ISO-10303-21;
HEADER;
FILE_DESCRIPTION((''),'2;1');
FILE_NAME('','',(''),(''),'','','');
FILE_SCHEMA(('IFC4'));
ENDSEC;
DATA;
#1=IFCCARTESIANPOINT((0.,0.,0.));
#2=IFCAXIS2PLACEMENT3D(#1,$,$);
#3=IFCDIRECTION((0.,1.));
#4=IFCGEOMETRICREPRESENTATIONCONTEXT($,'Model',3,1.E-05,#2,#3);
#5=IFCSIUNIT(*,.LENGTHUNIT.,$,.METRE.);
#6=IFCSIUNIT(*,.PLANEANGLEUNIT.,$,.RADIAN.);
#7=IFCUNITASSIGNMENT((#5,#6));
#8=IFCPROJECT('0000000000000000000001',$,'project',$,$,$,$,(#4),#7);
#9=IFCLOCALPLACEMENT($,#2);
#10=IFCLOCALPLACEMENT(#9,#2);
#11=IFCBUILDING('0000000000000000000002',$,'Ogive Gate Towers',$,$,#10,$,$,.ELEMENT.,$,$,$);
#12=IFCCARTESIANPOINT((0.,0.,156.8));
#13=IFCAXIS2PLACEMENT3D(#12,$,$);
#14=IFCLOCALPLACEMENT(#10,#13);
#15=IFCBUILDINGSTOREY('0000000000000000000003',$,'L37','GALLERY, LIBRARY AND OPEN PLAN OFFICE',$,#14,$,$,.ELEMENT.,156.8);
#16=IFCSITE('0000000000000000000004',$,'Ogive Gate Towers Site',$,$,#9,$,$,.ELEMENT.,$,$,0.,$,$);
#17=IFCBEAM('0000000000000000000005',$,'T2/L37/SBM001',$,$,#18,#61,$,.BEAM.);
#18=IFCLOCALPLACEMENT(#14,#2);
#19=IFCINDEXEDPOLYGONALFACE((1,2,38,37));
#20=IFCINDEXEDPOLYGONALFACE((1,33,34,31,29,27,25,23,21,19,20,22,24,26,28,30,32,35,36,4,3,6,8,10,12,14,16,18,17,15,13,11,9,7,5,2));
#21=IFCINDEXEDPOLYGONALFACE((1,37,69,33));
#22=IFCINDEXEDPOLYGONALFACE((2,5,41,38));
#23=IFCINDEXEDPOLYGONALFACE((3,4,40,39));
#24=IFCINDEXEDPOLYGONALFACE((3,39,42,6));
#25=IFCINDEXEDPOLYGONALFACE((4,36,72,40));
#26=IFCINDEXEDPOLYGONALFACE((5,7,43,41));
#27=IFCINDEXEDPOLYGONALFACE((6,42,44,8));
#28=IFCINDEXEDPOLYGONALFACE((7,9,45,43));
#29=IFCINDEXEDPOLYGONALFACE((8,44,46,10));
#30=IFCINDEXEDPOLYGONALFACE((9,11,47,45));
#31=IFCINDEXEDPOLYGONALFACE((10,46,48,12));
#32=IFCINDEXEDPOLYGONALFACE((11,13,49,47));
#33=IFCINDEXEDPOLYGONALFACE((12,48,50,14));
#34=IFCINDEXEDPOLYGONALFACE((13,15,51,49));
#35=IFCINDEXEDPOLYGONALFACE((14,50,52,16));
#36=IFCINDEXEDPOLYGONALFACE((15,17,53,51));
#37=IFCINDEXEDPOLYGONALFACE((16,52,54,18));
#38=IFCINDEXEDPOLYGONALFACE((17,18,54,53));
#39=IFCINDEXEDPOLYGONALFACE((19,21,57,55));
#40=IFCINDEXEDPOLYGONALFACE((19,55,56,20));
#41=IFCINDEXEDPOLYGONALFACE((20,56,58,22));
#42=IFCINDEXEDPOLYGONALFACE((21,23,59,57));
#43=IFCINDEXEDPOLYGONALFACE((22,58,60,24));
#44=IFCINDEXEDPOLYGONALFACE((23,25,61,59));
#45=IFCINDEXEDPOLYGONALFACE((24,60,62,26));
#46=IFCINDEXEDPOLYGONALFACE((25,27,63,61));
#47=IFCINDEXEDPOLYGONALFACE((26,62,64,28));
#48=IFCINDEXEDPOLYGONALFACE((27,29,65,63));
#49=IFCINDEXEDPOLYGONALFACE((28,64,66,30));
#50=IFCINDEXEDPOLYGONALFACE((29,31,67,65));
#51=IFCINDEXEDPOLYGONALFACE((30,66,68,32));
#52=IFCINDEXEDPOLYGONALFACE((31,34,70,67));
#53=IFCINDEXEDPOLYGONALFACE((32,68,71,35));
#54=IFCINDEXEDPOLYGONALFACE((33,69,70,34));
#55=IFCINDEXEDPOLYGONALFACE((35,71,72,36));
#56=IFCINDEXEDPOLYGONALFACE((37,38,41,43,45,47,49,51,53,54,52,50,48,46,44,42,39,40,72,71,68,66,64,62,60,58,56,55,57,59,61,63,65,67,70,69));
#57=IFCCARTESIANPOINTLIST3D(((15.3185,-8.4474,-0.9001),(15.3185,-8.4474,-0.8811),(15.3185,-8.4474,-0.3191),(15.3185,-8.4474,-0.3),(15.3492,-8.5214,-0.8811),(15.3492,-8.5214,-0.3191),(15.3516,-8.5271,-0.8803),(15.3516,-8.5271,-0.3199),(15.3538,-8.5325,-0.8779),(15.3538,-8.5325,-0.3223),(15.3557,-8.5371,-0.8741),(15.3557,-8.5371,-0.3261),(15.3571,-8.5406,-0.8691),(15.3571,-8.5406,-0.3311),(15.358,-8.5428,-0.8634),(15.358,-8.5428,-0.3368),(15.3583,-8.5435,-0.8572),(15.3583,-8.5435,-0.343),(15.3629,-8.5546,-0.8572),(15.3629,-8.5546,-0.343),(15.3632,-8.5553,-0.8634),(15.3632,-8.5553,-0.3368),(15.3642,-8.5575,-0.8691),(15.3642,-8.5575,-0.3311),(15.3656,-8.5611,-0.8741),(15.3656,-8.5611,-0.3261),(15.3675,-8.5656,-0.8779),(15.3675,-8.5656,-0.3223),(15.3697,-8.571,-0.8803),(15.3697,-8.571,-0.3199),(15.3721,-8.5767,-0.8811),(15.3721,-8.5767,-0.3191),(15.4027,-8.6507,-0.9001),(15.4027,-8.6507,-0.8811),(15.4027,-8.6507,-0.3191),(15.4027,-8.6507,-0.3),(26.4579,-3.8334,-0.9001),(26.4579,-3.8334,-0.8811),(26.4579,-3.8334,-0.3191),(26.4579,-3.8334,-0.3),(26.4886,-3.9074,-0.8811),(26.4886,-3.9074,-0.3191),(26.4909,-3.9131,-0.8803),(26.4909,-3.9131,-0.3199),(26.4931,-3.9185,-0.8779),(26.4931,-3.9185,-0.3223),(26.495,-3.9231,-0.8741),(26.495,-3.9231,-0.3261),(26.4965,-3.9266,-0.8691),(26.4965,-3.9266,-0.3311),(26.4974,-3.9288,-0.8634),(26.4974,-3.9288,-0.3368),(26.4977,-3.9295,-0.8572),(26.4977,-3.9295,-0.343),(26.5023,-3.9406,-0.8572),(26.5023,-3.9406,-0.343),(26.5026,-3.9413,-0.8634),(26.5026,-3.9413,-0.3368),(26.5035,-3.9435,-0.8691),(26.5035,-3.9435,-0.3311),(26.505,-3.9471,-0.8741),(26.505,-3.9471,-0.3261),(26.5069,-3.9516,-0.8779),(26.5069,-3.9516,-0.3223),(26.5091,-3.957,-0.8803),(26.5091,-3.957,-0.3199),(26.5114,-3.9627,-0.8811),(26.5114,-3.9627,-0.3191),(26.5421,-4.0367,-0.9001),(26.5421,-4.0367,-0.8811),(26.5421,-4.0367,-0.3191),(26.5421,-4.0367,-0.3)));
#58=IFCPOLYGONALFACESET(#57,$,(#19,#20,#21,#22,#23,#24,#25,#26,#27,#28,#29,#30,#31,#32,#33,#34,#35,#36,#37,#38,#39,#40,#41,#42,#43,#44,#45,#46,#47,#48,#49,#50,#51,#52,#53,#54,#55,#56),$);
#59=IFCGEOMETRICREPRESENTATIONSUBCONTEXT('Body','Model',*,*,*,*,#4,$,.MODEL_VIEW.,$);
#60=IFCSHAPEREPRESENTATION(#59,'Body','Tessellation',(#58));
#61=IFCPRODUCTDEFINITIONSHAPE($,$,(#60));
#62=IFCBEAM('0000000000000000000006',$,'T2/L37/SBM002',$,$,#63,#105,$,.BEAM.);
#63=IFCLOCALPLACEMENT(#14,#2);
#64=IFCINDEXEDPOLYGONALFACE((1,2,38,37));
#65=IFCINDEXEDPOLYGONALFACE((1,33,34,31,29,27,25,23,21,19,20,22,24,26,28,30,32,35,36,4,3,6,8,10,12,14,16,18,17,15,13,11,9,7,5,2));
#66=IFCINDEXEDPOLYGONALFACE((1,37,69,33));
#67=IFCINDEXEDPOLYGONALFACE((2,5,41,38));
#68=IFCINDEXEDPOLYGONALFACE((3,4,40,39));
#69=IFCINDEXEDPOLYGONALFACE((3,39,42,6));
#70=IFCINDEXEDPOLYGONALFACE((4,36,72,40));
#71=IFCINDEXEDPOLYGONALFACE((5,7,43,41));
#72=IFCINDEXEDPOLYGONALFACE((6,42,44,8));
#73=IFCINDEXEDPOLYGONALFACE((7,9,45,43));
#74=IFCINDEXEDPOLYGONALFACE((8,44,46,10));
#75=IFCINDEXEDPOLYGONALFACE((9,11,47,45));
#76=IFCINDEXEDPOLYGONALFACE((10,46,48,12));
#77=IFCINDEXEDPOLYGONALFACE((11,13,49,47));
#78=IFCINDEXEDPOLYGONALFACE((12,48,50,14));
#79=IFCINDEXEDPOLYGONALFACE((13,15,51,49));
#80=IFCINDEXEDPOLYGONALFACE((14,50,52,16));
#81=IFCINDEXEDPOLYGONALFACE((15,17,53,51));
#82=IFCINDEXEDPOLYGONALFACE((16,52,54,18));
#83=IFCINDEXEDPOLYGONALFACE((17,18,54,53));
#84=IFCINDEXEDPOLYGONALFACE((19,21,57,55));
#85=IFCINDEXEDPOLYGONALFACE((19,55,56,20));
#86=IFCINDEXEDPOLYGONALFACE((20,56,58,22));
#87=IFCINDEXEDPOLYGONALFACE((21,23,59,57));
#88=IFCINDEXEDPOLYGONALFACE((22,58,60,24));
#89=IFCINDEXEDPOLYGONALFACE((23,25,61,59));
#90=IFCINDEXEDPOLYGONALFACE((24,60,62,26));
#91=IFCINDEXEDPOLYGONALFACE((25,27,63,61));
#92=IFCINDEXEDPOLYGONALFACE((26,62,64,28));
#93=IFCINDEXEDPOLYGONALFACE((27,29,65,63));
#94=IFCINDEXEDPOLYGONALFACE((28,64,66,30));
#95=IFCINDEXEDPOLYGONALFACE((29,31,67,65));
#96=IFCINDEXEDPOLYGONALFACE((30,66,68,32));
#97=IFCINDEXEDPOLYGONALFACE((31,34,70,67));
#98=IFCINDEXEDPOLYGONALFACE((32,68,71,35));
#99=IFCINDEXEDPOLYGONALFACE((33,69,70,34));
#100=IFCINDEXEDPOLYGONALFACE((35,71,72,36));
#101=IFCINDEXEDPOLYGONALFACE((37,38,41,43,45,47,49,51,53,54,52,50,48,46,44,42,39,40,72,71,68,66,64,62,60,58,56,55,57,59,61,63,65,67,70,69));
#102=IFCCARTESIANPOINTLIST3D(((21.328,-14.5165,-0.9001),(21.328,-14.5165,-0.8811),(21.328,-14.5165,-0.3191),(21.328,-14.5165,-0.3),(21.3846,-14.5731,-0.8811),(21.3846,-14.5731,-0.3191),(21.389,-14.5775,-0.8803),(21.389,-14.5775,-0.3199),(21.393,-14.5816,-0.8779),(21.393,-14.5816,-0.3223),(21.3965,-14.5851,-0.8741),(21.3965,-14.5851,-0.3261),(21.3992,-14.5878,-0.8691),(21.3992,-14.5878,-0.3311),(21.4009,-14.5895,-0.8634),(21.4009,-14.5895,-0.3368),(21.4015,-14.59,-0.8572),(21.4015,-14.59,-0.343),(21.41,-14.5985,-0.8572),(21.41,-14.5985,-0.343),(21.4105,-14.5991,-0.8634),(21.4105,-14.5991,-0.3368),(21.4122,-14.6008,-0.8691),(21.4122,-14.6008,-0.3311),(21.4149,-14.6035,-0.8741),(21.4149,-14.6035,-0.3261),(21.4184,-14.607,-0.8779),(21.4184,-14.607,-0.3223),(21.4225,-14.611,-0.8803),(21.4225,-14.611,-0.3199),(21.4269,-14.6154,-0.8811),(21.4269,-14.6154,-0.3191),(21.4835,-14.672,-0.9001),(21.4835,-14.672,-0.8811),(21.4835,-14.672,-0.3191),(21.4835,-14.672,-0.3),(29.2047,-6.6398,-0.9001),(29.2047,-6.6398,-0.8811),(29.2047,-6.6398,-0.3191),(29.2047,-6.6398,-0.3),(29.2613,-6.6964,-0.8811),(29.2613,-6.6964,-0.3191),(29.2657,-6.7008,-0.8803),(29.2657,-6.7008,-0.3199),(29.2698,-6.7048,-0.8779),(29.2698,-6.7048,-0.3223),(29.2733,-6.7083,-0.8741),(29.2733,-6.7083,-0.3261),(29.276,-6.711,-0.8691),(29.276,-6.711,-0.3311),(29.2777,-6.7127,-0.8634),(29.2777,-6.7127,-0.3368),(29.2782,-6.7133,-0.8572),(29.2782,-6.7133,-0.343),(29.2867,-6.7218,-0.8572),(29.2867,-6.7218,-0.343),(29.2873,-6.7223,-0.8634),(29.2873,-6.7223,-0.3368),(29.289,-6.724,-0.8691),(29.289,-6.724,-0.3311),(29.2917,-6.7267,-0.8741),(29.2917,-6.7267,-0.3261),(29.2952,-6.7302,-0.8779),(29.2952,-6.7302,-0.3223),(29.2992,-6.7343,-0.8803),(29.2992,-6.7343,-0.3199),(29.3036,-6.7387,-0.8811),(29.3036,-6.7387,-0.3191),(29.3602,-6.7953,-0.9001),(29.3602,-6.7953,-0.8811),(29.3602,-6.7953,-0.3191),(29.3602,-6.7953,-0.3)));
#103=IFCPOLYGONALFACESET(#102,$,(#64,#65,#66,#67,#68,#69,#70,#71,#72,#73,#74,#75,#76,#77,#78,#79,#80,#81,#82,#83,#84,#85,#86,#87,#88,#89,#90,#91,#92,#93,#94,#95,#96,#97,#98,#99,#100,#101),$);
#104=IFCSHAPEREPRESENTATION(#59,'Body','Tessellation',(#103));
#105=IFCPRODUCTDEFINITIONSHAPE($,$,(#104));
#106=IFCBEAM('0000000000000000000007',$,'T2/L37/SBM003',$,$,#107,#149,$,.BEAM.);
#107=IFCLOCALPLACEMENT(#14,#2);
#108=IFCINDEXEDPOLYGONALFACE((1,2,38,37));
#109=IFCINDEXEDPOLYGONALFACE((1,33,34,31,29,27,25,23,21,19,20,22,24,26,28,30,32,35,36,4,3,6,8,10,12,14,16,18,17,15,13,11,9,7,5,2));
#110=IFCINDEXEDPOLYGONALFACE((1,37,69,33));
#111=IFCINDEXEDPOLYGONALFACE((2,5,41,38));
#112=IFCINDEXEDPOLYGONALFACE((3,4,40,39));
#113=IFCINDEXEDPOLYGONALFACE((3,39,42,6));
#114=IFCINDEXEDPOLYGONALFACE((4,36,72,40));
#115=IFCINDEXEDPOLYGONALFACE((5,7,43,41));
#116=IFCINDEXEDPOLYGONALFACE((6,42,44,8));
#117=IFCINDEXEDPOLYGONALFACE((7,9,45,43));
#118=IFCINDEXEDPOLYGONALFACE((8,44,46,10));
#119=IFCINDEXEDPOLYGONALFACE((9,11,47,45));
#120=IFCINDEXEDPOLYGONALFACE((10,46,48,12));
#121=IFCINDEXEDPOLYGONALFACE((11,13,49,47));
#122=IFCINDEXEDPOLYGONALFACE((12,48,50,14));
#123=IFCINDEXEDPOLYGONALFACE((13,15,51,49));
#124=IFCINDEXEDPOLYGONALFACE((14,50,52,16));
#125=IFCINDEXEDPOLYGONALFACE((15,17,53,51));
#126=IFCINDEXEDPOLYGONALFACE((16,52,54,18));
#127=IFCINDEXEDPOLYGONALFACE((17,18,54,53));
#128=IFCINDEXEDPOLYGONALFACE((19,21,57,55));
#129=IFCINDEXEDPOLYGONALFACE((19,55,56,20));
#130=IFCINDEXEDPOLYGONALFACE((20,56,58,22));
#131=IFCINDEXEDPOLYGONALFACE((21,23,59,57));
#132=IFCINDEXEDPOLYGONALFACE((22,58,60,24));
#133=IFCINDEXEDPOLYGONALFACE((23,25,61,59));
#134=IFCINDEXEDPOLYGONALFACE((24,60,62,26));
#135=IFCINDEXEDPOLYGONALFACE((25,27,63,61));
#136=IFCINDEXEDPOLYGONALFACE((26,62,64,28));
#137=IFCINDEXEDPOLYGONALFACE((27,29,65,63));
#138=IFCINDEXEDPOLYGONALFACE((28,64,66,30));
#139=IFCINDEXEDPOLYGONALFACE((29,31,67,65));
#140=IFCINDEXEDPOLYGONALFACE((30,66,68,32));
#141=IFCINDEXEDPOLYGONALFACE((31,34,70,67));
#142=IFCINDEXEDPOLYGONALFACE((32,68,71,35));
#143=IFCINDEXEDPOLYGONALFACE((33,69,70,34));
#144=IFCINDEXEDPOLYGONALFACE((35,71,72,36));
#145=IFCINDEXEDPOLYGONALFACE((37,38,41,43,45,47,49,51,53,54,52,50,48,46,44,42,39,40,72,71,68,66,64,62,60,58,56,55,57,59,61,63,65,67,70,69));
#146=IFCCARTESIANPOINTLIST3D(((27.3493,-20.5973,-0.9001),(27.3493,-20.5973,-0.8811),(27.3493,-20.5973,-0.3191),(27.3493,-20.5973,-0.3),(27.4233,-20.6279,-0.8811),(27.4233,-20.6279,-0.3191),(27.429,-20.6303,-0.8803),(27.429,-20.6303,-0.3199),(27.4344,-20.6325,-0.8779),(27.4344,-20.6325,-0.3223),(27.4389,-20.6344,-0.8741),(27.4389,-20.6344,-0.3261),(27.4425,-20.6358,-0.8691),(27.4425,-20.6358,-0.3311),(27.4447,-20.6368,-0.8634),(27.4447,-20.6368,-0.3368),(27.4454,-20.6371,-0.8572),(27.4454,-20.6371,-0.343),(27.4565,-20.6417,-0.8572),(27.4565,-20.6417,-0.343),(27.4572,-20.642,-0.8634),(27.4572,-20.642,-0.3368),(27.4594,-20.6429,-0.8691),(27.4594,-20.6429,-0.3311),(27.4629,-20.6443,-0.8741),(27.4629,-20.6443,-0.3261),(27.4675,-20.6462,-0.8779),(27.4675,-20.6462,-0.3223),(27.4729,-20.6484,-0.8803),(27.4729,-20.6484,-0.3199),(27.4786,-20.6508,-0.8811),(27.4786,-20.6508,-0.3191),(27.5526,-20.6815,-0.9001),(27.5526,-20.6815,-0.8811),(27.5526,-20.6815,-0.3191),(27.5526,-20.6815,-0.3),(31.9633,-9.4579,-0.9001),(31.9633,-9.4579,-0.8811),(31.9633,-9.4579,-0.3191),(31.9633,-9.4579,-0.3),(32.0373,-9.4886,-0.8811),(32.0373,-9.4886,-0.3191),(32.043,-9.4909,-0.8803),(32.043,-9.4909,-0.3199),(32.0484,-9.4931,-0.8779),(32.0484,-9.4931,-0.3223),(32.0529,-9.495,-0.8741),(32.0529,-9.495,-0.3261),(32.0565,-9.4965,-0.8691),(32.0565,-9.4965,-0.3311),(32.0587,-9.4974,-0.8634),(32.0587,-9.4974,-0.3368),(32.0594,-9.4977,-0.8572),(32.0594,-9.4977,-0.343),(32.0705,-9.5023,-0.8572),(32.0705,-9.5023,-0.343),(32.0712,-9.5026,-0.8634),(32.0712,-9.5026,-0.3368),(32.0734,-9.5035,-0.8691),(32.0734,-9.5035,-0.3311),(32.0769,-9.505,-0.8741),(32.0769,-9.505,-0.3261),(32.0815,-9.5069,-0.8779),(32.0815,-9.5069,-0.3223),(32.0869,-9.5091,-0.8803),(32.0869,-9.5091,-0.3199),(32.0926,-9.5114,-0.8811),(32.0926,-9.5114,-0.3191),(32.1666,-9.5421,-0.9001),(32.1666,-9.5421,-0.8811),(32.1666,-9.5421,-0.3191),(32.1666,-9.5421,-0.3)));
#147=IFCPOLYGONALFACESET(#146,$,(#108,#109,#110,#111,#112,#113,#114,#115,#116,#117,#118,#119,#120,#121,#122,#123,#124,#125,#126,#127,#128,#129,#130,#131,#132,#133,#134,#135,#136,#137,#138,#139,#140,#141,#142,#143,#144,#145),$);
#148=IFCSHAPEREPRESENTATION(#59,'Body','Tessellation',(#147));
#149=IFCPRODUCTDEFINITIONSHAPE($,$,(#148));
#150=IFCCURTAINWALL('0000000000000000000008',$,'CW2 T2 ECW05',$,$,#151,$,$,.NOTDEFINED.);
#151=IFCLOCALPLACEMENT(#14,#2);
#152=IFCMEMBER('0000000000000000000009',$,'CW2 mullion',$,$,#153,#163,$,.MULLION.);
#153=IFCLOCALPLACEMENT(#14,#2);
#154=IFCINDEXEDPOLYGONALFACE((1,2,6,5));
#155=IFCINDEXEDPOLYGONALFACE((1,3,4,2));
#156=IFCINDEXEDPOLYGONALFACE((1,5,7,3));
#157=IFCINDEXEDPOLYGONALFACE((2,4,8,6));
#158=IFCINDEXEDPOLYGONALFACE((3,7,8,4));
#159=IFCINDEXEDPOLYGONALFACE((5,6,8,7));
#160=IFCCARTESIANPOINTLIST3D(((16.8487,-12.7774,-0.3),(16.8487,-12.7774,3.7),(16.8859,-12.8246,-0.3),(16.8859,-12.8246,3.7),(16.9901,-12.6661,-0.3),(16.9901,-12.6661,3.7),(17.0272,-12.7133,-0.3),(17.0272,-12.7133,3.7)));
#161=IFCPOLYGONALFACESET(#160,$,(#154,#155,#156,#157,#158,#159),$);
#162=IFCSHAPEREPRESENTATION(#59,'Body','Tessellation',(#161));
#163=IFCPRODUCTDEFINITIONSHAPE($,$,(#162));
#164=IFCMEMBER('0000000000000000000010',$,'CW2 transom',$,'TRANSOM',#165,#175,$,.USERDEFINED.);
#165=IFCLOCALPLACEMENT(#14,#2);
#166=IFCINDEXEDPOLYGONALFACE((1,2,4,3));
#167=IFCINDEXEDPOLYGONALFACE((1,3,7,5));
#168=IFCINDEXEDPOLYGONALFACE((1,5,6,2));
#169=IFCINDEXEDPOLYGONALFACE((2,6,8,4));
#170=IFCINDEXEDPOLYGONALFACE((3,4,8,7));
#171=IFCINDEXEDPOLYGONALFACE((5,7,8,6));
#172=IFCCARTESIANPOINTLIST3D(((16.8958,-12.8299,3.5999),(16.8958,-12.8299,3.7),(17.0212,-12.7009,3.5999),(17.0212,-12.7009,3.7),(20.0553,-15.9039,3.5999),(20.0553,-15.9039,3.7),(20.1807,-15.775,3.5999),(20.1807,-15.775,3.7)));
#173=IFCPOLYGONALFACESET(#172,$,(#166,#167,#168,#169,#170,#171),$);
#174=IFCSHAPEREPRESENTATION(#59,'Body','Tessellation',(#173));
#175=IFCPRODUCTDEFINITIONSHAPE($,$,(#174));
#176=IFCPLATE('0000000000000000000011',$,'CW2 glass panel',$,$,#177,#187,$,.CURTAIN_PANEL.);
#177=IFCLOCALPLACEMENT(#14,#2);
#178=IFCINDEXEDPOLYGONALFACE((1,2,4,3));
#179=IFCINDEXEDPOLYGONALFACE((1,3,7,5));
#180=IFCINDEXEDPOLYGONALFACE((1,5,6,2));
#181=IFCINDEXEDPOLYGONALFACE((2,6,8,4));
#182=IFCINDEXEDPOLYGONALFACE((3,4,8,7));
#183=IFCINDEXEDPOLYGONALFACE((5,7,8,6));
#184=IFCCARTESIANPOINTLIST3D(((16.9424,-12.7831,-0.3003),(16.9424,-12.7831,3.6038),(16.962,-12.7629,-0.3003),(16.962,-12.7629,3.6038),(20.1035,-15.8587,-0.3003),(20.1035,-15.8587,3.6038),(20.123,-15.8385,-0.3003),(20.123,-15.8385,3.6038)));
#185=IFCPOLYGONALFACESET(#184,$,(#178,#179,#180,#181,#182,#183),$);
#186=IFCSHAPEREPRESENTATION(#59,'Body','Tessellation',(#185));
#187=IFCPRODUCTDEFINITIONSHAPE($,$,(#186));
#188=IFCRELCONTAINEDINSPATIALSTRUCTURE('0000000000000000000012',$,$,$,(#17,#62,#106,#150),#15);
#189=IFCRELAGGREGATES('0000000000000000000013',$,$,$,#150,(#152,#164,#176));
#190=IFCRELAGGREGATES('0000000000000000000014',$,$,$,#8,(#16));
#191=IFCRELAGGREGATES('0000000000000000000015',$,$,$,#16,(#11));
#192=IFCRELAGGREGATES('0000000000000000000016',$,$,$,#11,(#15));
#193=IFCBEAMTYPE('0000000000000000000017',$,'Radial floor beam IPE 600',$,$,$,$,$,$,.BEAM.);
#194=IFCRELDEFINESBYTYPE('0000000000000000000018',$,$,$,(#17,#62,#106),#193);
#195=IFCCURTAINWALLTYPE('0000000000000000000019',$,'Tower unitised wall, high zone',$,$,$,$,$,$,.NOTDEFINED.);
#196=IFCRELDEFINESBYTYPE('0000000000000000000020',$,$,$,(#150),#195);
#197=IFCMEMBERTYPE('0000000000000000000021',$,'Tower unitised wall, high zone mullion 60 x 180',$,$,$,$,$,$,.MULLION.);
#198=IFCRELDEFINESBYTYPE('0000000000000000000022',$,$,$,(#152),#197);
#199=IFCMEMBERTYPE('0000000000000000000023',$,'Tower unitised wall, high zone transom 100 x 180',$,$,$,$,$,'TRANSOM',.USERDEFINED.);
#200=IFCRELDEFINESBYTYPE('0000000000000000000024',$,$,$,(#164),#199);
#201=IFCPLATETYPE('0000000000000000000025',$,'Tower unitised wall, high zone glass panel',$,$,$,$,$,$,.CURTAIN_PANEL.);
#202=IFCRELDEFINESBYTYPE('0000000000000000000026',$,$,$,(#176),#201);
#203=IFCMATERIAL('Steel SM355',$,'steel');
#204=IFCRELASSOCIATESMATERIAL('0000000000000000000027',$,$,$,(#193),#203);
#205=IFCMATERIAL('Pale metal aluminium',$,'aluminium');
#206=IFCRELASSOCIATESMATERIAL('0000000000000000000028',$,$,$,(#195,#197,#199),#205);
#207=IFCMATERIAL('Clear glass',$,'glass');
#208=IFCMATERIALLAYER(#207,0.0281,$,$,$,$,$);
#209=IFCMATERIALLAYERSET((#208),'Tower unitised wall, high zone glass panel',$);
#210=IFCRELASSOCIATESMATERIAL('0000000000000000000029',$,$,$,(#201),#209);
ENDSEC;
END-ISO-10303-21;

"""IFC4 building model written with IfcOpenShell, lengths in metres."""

from ifc_helpers import new_model, si_unit, direction, frame, origin, origin_2d, place, context, subcontext, project, spatial, rectangle, i_section, extrude, material, layer, layer_set, material_profile, profile_set, type_object, element, aggregate, save


model = new_model("IFC4")

# Units and contexts
model_context = context("Model", 3, precision=1e-05, world=origin(), true_north=direction((0.0, 1.0)))
body_context = subcontext(model_context, "Body", "Model", "MODEL_VIEW")
ifc_project = project(units=[si_unit("LENGTHUNIT", "METRE"), si_unit("PLANEANGLEUNIT", "RADIAN")], contexts=[model_context])

# Site, building, storey
site_placement = place(None, origin())
site = spatial("IfcSite", under=ifc_project, at=site_placement, Name="Ogive Gate Towers Site", CompositionType="ELEMENT", RefElevation=0.0)
building_placement = place(site_placement, origin())
building = spatial("IfcBuilding", under=site, at=building_placement, Name="Ogive Gate Towers", CompositionType="ELEMENT")
storey_placement = place(building_placement, frame((0.0, 0.0, 156.8)))
storey = spatial("IfcBuildingStorey", under=building, at=storey_placement, Name="L37", Description="GALLERY, LIBRARY AND OPEN PLAN OFFICE", CompositionType="ELEMENT", Elevation=156.8)

# Beams
ifc_material_1 = material(Name="Steel SM355", Category="steel")
ifc_material_profile_1 = material_profile(ifc_material_1, i_section(OverallWidth=0.22, OverallDepth=0.6001, WebThickness=0.012, FlangeThickness=0.019, FilletRadius=0.0239, at=origin_2d()), Name="IPE 600")
ifc_profile_set_1 = profile_set([ifc_material_profile_1], Name="Steel SM355")
beam_type = type_object("IfcBeamType", Name="Radial floor beam IPE 600", PredefinedType="BEAM", material=ifc_profile_set_1)
beam_1_placement = place(storey_placement, frame((26.5, -3.9351, -0.6001), z_axis=(-0.923882, -0.382678, 0.0), x_axis=(0.382678, -0.923882, 0.0)))
element("IfcBeam", 1, at=beam_1_placement, inside=storey, type_object=beam_type, Name="T2/L37/SBM001", PredefinedType="BEAM", context=body_context, shape_type="SweptSolid", body=[
    extrude(i_section(OverallWidth=0.22, OverallDepth=0.6001, WebThickness=0.012, FlangeThickness=0.019, FilletRadius=0.0239, at=origin_2d()), origin(), (0.0, 0.0, 1.0), 12.0571),
])
beam_2_placement = place(storey_placement, frame((29.2825, -6.7175, -0.6001), z_axis=(-0.707107, -0.707107, 0.0), x_axis=(0.707107, -0.707107, 0.0)))
element("IfcBeam", 2, at=beam_2_placement, inside=storey, type_object=beam_type, Name="T2/L37/SBM002", PredefinedType="BEAM", context=body_context, shape_type="SweptSolid", body=[
    extrude(i_section(OverallWidth=0.22, OverallDepth=0.6001, WebThickness=0.012, FlangeThickness=0.019, FilletRadius=0.0239, at=origin_2d()), origin(), (0.0, 0.0, 1.0), 11.1394),
])
beam_3_placement = place(storey_placement, frame((32.0649, -9.5, -0.6001), z_axis=(-0.382678, -0.923882, 0.0), x_axis=(0.923882, -0.382678, 0.0)))
element("IfcBeam", 3, at=beam_3_placement, inside=storey, type_object=beam_type, Name="T2/L37/SBM003", PredefinedType="BEAM", context=body_context, shape_type="SweptSolid", body=[
    extrude(i_section(OverallWidth=0.22, OverallDepth=0.6001, WebThickness=0.012, FlangeThickness=0.019, FilletRadius=0.0239, at=origin_2d()), origin(), (0.0, 0.0, 1.0), 12.0571),
])

# Curtain wall, members, plate
ifc_material_2 = material(Name="Pale metal aluminium", Category="aluminium")
curtain_wall_type = type_object("IfcCurtainWallType", Name="Tower unitised wall, high zone", PredefinedType="NOTDEFINED", material=ifc_material_2)
curtain_wall_placement = place(storey_placement, origin())
curtain_wall = element("IfcCurtainWall", 4, at=curtain_wall_placement, inside=storey, type_object=curtain_wall_type, Name="CW2 T2 ECW05", PredefinedType="NOTDEFINED")
ifc_material_profile_2 = material_profile(ifc_material_2, rectangle(XDim=0.1799, YDim=0.0601, at=origin_2d()), Name="60 x 180 aluminium box")
ifc_profile_set_2 = profile_set([ifc_material_profile_2], Name="Pale metal aluminium")
member_type_1 = type_object("IfcMemberType", Name="Tower unitised wall, high zone mullion 60 x 180", PredefinedType="MULLION", material=ifc_profile_set_2)
member_1_placement = place(storey_placement, frame((16.938, -12.7454, -0.3), z_axis=(0.0, 0.0, 1.0), x_axis=(-0.785619, -0.61871, 0.0)))
member_1 = element("IfcMember", 5, at=member_1_placement, type_object=member_type_1, Name="CW2 mullion", PredefinedType="MULLION", context=body_context, shape_type="SweptSolid", body=[
    extrude(rectangle(XDim=0.1799, YDim=0.0601, at=origin_2d()), origin(), (0.0, 0.0, 1.0), 4.0),
])
ifc_material_profile_3 = material_profile(ifc_material_2, rectangle(XDim=0.1799, YDim=0.1001, at=origin_2d()), Name="100 x 180 aluminium box")
ifc_profile_set_3 = profile_set([ifc_material_profile_3], Name="Pale metal aluminium")
member_type_2 = type_object("IfcMemberType", Name="Tower unitised wall, high zone transom 100 x 180", ElementType="TRANSOM", PredefinedType="USERDEFINED", material=ifc_profile_set_3)
member_2_placement = place(storey_placement, frame((16.9585, -12.7654, 3.6499), z_axis=(0.716733, -0.697348, 0.0), x_axis=(0.697348, 0.716733, 0.0)))
member_2 = element("IfcMember", 6, at=member_2_placement, type_object=member_type_2, Name="CW2 transom", ObjectType="TRANSOM", PredefinedType="USERDEFINED", context=body_context, shape_type="SweptSolid", body=[
    extrude(rectangle(XDim=0.1799, YDim=0.1001, at=origin_2d()), origin(), (0.0, 0.0, 1.0), 4.4082),
])
ifc_material_3 = material(Name="Clear glass", Category="glass")
ifc_layer_1 = layer(ifc_material_3, 0.0281)
ifc_layer_set_1 = layer_set([ifc_layer_1], Name="Tower unitised wall, high zone glass panel")
plate_type = type_object("IfcPlateType", Name="Tower unitised wall, high zone glass panel", PredefinedType="CURTAIN_PANEL", material=ifc_layer_set_1)
plate_placement = place(storey_placement, frame((18.5327, -14.3108, -0.3003), z_axis=(0.0, 0.0, 1.0), x_axis=(0.716728, -0.697353, 0.0)))
plate = element("IfcPlate", 7, at=plate_placement, type_object=plate_type, Name="CW2 glass panel", PredefinedType="CURTAIN_PANEL", context=body_context, shape_type="SweptSolid", body=[
    extrude(rectangle(XDim=4.4104, YDim=0.0281, at=origin_2d()), origin(), (0.0, 0.0, 1.0), 3.9041),
])
aggregate(curtain_wall, [member_1, member_2, plate])

save(model, "model.ifc")
